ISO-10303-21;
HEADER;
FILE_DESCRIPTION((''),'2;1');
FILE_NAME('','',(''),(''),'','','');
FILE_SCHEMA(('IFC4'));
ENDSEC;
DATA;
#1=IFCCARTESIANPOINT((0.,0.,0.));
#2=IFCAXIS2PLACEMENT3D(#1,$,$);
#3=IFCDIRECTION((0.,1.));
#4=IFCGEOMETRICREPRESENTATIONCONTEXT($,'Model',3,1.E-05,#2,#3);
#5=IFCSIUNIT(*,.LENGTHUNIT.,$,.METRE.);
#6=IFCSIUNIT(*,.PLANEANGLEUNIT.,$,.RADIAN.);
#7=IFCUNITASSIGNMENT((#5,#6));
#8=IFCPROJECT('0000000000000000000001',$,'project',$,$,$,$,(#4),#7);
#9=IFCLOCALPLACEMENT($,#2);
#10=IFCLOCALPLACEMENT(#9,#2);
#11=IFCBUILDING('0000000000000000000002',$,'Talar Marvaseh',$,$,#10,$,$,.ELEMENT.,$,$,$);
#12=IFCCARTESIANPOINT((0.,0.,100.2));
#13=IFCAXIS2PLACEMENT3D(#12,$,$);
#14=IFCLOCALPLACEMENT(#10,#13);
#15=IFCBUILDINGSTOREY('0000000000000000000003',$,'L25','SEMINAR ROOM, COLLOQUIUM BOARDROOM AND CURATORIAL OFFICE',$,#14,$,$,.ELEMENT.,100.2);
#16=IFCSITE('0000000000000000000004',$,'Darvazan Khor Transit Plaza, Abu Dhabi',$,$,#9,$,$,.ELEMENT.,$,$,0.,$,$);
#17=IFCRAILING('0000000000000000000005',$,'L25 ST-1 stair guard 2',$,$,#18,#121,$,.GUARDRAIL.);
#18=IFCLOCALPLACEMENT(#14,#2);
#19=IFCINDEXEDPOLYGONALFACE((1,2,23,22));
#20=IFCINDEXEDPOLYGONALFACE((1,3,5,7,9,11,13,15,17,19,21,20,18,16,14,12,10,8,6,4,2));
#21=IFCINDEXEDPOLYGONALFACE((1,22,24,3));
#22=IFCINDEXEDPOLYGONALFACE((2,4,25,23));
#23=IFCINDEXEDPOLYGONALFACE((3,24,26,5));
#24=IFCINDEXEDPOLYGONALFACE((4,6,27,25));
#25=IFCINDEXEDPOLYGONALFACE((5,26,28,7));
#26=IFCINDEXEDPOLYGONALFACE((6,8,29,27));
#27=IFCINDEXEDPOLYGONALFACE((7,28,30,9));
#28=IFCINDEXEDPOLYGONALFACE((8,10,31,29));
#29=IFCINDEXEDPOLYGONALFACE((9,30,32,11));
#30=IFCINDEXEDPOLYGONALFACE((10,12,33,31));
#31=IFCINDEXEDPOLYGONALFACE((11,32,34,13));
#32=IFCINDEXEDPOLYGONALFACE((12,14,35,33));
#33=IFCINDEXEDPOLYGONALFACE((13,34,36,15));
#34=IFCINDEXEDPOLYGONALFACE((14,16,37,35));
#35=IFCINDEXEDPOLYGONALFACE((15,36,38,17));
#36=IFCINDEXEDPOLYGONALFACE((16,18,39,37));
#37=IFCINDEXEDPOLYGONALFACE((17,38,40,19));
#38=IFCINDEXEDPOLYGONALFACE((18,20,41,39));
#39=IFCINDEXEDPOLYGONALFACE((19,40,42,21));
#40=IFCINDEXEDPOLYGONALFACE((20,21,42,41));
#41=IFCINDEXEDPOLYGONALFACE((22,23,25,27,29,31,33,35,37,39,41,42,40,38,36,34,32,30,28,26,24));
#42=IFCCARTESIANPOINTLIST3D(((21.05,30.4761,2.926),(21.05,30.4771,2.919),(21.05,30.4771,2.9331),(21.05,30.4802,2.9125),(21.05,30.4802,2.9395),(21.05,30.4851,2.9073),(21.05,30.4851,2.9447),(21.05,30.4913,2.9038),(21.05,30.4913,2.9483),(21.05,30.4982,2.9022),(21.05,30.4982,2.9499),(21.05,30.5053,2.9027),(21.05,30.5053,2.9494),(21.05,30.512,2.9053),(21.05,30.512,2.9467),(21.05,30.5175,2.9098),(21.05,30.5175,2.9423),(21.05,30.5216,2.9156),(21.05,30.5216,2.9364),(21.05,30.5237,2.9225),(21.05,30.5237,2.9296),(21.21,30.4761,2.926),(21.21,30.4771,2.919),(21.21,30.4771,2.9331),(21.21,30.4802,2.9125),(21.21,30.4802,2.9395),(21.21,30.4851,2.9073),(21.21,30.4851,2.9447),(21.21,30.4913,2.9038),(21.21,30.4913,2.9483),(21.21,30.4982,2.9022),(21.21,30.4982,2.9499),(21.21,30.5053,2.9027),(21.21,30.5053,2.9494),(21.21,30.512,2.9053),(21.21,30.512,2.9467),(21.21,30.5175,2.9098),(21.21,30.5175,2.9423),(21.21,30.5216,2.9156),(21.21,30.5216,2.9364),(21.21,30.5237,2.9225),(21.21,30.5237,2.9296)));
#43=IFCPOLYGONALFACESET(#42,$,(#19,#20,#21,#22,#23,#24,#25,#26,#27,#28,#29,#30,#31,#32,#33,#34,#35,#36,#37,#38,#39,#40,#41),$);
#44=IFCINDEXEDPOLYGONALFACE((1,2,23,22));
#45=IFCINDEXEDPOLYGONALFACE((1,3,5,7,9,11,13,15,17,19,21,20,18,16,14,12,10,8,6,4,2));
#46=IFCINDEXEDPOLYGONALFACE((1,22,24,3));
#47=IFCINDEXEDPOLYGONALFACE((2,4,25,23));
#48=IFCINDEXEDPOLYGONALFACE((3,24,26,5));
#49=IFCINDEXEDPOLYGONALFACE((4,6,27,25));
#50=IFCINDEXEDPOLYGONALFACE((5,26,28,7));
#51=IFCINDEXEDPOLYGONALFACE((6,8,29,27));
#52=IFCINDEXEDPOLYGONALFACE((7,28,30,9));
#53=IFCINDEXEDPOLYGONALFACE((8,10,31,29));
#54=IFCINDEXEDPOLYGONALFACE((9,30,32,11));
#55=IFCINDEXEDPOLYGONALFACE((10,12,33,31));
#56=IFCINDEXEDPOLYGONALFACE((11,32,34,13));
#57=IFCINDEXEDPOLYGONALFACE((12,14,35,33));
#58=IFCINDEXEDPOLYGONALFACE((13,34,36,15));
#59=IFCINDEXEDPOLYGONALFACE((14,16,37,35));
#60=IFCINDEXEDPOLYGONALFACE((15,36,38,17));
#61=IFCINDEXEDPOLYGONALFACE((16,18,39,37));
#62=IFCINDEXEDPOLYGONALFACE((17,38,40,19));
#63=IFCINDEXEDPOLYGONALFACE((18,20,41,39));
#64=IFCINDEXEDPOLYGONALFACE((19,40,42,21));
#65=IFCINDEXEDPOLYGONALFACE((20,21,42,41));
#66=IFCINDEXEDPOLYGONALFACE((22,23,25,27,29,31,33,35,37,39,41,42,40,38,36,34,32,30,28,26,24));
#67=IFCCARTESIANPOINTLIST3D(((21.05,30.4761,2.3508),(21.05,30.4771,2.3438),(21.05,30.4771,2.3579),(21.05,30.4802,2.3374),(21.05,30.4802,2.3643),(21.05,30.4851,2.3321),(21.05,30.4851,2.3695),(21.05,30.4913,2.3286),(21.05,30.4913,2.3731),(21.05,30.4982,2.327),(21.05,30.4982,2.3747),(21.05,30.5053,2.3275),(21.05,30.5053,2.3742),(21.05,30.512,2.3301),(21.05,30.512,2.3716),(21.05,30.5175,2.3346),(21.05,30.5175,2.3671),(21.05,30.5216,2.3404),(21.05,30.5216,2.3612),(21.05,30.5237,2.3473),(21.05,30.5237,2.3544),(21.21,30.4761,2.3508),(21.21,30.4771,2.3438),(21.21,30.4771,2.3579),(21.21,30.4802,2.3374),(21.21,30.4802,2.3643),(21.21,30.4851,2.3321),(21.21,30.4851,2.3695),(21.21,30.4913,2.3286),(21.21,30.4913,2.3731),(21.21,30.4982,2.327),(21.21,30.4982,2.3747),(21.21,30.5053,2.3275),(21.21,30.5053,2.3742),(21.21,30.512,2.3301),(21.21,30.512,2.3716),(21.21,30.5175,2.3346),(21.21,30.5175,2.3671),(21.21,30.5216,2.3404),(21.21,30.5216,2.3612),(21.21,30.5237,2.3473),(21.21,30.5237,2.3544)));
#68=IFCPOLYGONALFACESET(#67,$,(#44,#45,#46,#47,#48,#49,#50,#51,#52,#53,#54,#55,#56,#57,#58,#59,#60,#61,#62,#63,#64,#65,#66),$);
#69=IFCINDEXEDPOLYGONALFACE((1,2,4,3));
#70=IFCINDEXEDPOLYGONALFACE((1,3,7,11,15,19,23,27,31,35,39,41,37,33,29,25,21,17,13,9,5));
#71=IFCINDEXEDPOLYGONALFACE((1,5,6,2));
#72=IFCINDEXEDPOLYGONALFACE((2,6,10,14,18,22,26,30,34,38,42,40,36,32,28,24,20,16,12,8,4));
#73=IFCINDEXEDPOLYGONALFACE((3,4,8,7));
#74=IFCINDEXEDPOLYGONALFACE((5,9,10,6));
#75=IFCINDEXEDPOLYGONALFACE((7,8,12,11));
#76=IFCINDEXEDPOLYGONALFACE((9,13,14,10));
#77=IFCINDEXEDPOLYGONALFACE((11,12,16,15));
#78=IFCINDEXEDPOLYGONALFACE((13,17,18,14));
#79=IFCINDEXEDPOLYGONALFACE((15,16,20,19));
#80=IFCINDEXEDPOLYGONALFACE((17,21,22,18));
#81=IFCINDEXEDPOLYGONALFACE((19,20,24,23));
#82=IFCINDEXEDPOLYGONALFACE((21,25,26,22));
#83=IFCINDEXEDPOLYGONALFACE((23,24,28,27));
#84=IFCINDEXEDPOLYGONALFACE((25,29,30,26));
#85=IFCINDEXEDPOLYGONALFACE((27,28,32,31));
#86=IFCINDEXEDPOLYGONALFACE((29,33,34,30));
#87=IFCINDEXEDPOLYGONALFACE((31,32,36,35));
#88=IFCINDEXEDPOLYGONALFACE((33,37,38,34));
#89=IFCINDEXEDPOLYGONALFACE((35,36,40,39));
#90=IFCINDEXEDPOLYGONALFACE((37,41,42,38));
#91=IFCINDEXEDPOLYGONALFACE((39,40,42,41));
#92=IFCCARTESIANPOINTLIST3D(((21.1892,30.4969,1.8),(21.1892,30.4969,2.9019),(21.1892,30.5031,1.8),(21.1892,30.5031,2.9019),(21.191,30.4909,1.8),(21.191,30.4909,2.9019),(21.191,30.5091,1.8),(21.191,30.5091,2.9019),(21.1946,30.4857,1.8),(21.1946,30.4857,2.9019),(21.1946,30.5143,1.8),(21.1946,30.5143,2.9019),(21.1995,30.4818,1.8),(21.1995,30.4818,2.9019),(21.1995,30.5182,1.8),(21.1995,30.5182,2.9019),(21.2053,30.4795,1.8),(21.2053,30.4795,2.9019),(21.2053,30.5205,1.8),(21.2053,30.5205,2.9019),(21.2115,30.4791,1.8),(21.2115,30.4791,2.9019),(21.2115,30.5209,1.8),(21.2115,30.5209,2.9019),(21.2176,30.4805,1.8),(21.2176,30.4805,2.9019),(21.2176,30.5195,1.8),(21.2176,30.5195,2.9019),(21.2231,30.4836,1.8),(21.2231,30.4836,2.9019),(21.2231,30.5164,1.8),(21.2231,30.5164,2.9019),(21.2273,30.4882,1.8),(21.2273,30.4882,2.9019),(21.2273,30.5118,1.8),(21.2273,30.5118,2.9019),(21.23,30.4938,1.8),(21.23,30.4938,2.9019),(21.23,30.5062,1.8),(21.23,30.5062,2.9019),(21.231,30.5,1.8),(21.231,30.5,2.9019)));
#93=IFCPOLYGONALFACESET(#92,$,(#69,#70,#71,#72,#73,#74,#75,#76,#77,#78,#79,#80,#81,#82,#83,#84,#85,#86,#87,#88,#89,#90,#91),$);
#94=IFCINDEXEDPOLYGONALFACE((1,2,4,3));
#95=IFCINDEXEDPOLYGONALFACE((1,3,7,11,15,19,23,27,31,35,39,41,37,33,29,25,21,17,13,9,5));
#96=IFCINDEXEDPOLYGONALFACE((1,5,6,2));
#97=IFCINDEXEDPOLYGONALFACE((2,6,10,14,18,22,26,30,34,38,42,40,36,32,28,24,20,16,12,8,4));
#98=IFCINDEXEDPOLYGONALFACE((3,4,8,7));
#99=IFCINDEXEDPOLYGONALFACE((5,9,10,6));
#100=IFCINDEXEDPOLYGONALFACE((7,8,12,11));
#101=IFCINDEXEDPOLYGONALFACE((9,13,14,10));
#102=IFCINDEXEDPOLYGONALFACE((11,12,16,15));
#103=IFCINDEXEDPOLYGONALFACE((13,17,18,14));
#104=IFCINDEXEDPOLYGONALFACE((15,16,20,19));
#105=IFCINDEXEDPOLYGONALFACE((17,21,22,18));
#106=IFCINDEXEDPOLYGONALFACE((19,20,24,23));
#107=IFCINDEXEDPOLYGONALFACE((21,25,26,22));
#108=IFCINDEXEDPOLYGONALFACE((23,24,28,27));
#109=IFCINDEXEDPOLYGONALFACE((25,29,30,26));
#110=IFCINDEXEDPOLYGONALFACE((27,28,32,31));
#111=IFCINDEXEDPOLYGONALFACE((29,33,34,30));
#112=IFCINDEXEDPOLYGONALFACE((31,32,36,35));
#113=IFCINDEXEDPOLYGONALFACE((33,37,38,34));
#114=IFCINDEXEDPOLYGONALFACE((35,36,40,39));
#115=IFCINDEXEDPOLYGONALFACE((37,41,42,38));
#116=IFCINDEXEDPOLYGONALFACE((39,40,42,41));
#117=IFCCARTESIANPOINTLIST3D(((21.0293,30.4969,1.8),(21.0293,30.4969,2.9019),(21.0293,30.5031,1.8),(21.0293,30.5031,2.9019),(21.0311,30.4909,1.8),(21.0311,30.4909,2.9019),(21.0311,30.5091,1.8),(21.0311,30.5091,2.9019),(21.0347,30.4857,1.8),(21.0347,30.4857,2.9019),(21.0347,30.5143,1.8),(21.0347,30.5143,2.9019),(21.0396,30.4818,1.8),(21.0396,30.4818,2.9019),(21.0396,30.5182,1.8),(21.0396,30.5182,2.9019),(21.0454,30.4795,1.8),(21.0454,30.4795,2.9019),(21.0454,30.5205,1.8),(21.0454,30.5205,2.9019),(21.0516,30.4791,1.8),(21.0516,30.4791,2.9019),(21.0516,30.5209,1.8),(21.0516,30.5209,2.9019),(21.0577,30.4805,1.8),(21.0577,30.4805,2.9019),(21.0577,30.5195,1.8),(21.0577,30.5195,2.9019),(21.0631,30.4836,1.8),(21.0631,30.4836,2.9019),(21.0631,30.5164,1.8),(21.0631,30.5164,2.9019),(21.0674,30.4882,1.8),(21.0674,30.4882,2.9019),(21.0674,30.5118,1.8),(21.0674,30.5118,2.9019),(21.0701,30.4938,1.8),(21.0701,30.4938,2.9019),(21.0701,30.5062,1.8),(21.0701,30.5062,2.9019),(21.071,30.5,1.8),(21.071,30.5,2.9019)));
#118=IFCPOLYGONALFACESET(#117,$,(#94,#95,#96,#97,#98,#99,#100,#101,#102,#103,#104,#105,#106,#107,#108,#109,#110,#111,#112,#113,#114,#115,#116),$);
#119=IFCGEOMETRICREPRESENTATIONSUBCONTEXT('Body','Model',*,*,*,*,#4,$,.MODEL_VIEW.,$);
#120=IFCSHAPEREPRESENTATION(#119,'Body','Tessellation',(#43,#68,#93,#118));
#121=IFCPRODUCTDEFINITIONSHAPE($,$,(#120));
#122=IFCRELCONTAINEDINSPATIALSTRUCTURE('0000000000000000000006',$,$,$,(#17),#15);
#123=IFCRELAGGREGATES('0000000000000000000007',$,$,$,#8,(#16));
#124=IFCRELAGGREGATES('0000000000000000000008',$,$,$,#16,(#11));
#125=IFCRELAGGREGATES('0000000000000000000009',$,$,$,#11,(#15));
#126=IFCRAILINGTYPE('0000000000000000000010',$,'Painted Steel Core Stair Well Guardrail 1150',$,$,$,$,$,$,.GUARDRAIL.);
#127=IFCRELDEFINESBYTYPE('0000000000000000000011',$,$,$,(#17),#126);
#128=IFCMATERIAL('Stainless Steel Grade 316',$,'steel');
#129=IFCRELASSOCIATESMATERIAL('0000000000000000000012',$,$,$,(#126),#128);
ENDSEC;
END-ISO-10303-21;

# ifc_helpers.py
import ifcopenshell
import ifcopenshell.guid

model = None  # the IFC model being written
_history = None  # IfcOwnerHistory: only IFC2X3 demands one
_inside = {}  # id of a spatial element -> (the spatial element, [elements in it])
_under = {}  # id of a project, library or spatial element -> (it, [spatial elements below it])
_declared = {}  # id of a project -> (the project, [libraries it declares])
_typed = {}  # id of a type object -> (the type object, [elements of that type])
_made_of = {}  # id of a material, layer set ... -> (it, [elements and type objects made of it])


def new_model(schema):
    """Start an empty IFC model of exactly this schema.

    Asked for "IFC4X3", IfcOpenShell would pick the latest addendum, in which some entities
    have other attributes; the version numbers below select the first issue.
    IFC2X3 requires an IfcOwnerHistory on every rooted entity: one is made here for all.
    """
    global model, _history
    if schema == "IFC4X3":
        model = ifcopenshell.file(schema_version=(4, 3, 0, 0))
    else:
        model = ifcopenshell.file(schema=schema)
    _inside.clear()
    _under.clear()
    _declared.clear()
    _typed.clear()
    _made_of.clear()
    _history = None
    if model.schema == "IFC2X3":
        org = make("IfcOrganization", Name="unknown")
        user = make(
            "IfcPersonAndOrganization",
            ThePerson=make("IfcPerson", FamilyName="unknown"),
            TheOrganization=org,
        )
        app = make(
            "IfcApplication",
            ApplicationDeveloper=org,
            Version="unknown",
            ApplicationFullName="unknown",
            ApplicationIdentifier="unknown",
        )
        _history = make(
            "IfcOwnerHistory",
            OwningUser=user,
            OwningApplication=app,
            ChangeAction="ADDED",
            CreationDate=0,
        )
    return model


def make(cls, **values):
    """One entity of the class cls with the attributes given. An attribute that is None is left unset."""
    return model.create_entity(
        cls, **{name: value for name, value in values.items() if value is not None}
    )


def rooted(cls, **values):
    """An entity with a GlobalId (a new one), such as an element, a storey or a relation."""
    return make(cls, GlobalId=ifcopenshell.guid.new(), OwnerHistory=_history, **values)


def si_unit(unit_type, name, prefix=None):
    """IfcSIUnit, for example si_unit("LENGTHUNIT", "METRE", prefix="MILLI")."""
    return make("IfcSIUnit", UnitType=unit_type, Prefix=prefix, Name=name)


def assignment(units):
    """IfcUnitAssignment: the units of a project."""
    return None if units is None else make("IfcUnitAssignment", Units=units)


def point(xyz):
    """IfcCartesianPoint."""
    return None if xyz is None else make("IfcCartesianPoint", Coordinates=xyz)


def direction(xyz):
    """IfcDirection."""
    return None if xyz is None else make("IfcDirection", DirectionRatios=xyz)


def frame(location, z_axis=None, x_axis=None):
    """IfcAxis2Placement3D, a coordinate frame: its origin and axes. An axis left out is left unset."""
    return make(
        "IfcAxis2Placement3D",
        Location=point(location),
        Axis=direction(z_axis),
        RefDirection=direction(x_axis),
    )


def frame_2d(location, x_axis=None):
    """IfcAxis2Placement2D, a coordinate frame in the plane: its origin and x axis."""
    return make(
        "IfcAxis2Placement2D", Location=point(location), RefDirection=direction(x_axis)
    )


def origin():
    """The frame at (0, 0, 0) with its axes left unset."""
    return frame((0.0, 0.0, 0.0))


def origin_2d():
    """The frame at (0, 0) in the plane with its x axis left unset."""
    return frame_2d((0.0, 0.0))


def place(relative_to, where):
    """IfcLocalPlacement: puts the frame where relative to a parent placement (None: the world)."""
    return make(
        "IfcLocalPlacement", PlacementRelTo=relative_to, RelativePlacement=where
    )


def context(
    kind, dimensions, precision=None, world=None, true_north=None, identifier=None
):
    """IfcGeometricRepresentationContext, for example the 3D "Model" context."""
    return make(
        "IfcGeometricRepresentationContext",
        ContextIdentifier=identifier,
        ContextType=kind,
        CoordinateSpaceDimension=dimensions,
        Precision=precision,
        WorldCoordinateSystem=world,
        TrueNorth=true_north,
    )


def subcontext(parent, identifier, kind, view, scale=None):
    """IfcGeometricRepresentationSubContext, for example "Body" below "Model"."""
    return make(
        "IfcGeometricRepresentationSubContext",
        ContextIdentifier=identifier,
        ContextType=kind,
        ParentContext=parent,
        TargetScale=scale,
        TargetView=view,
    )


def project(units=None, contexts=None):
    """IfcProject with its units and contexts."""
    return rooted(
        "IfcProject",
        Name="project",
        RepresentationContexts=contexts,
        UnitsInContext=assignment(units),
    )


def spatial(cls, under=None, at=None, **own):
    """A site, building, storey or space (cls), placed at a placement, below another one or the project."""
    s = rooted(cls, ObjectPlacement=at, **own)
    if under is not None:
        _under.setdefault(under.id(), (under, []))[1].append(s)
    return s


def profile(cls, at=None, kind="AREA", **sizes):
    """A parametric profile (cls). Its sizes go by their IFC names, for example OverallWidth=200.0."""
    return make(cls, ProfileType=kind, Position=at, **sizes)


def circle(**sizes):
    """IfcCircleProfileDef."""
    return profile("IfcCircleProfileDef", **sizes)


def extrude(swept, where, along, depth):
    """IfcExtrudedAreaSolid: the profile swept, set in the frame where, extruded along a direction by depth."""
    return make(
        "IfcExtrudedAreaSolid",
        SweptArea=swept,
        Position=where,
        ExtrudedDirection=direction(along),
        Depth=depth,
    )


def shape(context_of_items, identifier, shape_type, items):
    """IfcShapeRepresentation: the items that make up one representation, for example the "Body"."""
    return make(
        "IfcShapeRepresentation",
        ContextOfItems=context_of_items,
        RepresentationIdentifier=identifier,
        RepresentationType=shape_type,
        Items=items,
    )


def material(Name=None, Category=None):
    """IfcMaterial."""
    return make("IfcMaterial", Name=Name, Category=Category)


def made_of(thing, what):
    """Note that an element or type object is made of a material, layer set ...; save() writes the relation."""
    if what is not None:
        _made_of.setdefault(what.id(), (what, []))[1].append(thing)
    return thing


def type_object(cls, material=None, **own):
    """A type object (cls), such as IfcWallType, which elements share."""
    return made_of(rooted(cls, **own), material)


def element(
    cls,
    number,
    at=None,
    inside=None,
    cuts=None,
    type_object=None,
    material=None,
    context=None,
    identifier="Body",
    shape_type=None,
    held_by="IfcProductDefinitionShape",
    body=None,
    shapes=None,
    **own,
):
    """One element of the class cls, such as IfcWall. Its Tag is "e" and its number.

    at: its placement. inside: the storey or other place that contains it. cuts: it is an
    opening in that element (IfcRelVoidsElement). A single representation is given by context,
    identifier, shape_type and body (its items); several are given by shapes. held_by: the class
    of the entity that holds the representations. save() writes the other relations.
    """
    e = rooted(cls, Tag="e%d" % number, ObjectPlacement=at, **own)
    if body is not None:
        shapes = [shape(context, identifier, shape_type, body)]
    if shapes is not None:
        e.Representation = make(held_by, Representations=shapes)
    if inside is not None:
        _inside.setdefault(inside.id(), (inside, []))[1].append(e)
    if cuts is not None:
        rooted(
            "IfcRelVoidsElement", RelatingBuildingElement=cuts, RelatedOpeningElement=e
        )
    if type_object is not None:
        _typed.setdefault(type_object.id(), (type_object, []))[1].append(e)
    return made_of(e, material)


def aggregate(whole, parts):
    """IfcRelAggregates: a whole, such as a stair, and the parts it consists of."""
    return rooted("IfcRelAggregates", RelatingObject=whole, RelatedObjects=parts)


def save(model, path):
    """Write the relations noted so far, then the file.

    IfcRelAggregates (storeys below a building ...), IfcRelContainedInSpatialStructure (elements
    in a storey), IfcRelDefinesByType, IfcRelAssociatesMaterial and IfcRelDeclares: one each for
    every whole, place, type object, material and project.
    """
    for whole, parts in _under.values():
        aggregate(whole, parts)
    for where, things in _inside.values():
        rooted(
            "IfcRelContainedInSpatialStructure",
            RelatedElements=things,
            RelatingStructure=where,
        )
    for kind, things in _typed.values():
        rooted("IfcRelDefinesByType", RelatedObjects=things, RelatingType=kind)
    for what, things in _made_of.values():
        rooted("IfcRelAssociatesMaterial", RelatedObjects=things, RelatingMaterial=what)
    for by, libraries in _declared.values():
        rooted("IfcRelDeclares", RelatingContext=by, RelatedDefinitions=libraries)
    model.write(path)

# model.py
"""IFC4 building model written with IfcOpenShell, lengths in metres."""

from ifc_helpers import new_model, si_unit, direction, frame, origin, origin_2d, place, context, subcontext, project, spatial, circle, extrude, material, type_object, element, save


model = new_model("IFC4")

# Units and contexts
model_context = context("Model", 3, precision=1e-05, world=origin(), true_north=direction((0.0, 1.0)))
body_context = subcontext(model_context, "Body", "Model", "MODEL_VIEW")
ifc_project = project(units=[si_unit("LENGTHUNIT", "METRE"), si_unit("PLANEANGLEUNIT", "RADIAN")], contexts=[model_context])

# Site, building, storey
site_placement = place(None, origin())
site = spatial("IfcSite", under=ifc_project, at=site_placement, Name="Darvazan Khor Transit Plaza, Abu Dhabi", CompositionType="ELEMENT", RefElevation=0.0)
building_placement = place(site_placement, origin())
building = spatial("IfcBuilding", under=site, at=building_placement, Name="Talar Marvaseh", CompositionType="ELEMENT")
storey_placement = place(building_placement, frame((0.0, 0.0, 100.2)))
storey = spatial("IfcBuildingStorey", under=building, at=storey_placement, Name="L25", Description="SEMINAR ROOM, COLLOQUIUM BOARDROOM AND CURATORIAL OFFICE", CompositionType="ELEMENT", Elevation=100.2)

# Railing
ifc_material_1 = material(Name="Stainless Steel Grade 316", Category="steel")
railing_type_1 = type_object("IfcRailingType", Name="Painted Steel Core Stair Well Guardrail 1150", PredefinedType="GUARDRAIL", material=ifc_material_1)
railing_1_placement = place(storey_placement, frame((21.21, 30.5, 1.8)))
element("IfcRailing", 1, at=railing_1_placement, inside=storey, type_object=railing_type_1, Name="L25 ST-1 stair guard 2", PredefinedType="GUARDRAIL", context=body_context, shape_type="SweptSolid", body=[
    extrude(circle(Radius=0.0239, at=origin_2d()), frame((0.0, 0.0, 1.126), z_axis=(-1.0, 0.0, 0.0), x_axis=(0.0, -1.0, 0.0)), (0.0, 0.0, 1.0), 0.1599),
    extrude(circle(Radius=0.0239, at=origin_2d()), frame((0.0, 0.0, 0.5508), z_axis=(-1.0, 0.0, 0.0), x_axis=(0.0, -1.0, 0.0)), (0.0, 0.0, 1.0), 0.1599),
    extrude(circle(Radius=0.021, at=origin_2d()), origin(), (0.0, 0.0, 1.0), 1.1018),
    extrude(circle(Radius=0.021, at=origin_2d()), frame((-0.1599, 0.0, 0.0)), (0.0, 0.0, 1.0), 1.1018),
])

save(model, "model.ifc")
